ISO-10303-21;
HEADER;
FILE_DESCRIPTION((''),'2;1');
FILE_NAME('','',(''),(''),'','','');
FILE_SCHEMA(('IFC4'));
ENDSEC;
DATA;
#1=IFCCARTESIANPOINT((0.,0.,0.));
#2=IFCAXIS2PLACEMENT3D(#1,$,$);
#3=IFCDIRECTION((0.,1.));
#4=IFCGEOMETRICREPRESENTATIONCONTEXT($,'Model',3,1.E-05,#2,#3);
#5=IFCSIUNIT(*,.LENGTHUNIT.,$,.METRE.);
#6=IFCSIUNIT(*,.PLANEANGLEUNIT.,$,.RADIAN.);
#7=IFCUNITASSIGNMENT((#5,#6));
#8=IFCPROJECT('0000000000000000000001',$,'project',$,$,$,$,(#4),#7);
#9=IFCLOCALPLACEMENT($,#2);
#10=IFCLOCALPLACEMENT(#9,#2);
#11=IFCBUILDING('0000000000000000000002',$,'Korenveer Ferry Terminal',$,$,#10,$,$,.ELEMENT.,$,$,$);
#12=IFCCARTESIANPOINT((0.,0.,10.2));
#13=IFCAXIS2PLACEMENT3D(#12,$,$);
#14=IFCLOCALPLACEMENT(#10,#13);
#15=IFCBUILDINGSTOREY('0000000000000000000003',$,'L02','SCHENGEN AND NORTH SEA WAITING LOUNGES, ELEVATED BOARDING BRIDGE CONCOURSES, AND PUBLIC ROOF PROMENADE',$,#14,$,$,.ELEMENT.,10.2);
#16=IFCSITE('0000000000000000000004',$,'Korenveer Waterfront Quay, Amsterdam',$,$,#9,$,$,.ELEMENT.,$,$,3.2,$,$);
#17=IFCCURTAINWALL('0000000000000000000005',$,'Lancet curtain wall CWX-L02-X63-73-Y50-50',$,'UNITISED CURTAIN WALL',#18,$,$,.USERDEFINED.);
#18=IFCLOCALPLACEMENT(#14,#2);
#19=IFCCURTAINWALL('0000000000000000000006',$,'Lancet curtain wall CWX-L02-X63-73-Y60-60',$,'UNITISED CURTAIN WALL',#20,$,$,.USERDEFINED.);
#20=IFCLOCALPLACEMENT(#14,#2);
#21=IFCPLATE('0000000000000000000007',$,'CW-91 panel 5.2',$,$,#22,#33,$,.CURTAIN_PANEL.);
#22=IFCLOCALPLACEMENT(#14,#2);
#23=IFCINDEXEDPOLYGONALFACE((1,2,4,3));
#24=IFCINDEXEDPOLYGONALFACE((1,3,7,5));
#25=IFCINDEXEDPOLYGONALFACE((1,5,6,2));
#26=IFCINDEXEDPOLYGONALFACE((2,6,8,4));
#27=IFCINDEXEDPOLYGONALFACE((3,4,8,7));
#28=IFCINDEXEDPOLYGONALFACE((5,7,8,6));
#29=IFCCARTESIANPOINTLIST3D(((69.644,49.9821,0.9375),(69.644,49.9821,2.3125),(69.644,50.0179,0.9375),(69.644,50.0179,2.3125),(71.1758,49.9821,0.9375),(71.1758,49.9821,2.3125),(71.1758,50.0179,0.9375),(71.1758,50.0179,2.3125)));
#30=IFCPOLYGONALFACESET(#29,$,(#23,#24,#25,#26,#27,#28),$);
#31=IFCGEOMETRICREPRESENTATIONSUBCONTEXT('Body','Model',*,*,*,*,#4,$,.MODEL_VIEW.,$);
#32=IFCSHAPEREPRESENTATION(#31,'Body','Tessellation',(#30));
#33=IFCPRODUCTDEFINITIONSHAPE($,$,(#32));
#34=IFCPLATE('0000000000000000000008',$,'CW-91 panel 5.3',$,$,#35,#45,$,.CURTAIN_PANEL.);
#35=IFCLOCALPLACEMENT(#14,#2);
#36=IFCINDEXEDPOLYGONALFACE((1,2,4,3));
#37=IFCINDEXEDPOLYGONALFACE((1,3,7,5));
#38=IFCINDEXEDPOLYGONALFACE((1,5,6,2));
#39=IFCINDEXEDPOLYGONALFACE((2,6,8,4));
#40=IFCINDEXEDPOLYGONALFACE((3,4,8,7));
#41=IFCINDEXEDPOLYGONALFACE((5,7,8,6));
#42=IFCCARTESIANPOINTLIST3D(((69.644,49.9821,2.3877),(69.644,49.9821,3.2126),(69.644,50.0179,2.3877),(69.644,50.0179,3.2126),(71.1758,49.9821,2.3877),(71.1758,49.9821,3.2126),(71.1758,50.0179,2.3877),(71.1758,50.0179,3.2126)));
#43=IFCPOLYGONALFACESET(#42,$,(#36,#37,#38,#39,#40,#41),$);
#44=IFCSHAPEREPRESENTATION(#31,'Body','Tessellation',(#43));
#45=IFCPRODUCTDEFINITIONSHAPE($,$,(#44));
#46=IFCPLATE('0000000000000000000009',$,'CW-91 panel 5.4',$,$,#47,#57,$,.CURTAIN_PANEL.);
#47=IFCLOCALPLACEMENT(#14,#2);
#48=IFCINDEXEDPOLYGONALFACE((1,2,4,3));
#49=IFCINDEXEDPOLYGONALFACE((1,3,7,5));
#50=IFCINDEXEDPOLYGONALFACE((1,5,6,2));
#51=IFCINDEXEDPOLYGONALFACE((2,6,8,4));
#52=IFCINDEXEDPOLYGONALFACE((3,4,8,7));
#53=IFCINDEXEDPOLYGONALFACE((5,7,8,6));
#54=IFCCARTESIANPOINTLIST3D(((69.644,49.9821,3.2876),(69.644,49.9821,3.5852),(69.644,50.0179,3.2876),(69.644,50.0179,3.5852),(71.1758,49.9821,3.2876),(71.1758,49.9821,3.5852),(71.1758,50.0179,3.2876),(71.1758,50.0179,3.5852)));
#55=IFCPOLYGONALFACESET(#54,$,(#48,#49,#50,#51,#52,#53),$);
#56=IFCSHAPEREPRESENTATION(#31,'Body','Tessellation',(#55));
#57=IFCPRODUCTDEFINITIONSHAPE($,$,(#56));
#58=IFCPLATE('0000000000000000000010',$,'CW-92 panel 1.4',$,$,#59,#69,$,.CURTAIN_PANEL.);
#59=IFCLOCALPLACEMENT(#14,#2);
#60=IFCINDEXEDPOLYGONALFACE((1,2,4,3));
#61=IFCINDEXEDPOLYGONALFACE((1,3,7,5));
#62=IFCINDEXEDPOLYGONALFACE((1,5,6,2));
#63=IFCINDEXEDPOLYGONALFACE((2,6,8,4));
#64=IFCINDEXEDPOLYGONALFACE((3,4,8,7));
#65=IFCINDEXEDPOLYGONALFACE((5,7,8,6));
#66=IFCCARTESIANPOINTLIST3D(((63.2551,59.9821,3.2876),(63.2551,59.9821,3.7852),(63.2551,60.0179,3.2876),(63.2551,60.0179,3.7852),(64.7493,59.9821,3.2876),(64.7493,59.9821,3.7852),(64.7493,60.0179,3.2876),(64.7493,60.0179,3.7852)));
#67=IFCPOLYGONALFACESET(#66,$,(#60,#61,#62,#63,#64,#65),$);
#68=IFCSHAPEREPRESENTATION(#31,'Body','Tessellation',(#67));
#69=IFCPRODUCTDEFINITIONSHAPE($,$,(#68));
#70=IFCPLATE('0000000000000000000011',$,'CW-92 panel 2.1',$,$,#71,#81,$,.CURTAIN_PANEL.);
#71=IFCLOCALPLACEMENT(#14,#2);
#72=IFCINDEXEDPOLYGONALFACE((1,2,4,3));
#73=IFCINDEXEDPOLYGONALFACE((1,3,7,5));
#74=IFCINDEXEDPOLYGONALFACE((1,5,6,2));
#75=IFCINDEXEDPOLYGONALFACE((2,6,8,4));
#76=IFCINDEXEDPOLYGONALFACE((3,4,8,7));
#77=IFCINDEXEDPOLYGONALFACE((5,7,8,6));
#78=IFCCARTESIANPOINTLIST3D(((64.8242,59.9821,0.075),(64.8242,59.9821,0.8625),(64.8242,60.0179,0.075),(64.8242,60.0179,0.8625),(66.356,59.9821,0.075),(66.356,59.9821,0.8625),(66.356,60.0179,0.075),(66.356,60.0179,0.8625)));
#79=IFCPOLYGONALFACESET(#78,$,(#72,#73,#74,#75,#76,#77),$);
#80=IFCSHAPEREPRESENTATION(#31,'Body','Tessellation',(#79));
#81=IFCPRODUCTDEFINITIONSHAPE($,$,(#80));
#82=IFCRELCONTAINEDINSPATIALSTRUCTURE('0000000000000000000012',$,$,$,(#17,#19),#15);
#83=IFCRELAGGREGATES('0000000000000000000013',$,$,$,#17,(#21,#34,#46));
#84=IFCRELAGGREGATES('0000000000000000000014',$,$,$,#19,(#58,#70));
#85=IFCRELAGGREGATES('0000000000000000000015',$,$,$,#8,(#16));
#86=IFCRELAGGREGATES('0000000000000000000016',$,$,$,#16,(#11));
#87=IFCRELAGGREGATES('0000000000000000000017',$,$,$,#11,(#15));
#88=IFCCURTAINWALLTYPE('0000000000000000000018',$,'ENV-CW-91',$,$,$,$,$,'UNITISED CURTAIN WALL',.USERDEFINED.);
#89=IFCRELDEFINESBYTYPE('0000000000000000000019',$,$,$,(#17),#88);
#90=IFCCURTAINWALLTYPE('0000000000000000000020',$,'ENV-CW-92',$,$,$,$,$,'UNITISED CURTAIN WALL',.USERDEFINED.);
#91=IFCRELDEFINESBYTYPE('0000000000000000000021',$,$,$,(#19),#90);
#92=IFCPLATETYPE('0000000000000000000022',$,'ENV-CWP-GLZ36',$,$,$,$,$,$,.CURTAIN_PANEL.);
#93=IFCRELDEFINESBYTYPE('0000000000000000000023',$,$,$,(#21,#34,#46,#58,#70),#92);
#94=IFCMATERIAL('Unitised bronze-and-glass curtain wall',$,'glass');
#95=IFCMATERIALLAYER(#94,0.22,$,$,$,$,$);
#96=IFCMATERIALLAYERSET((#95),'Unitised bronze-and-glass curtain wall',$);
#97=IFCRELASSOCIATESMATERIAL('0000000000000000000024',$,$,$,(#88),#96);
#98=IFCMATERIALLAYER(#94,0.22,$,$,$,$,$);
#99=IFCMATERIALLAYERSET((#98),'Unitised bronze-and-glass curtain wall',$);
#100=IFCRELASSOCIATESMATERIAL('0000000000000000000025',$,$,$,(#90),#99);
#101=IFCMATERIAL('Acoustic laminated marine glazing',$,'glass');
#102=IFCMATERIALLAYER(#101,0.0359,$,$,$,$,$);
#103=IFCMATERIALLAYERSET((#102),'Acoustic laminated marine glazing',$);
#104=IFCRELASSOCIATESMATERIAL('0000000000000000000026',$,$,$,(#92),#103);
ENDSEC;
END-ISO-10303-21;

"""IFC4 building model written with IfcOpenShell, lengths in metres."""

from ifc_helpers import new_model, si_unit, direction, frame, origin, origin_2d, place, context, subcontext, project, spatial, rectangle, extrude, material, layer, layer_set, type_object, element, aggregate, save


model = new_model("IFC4")

# Units and contexts
model_context = context("Model", 3, precision=1e-05, world=origin(), true_north=direction((0.0, 1.0)))
body_context = subcontext(model_context, "Body", "Model", "MODEL_VIEW")
ifc_project = project(units=[si_unit("LENGTHUNIT", "METRE"), si_unit("PLANEANGLEUNIT", "RADIAN")], contexts=[model_context])

# Site, building, storey
site_placement = place(None, origin())
site = spatial("IfcSite", under=ifc_project, at=site_placement, Name="Korenveer Waterfront Quay, Amsterdam", CompositionType="ELEMENT", RefElevation=3.2)
building_placement = place(site_placement, origin())
building = spatial("IfcBuilding", under=site, at=building_placement, Name="Korenveer Ferry Terminal", CompositionType="ELEMENT")
storey_placement = place(building_placement, frame((0.0, 0.0, 10.2)))
storey = spatial("IfcBuildingStorey", under=building, at=storey_placement, Name="L02", Description="SCHENGEN AND NORTH SEA WAITING LOUNGES, ELEVATED BOARDING BRIDGE CONCOURSES, AND PUBLIC ROOF PROMENADE", CompositionType="ELEMENT", Elevation=10.2)

# Curtain wall
ifc_material_1 = material(Name="Unitised bronze-and-glass curtain wall", Category="glass")
ifc_layer_1 = layer(ifc_material_1, 0.22)
ifc_layer_set_1 = layer_set([ifc_layer_1], Name="Unitised bronze-and-glass curtain wall")
curtain_wall_type_1 = type_object("IfcCurtainWallType", Name="ENV-CW-91", ElementType="UNITISED CURTAIN WALL", PredefinedType="USERDEFINED", material=ifc_layer_set_1)
curtain_wall_1_placement = place(storey_placement, frame((63.1799, 50.0, 0.0)))
curtain_wall_1 = element("IfcCurtainWall", 1, at=curtain_wall_1_placement, inside=storey, type_object=curtain_wall_type_1, Name="Lancet curtain wall CWX-L02-X63-73-Y50-50", ObjectType="UNITISED CURTAIN WALL", PredefinedType="USERDEFINED")

# Curtain wall
ifc_layer_2 = layer(ifc_material_1, 0.22)
ifc_layer_set_2 = layer_set([ifc_layer_2], Name="Unitised bronze-and-glass curtain wall")
curtain_wall_type_2 = type_object("IfcCurtainWallType", Name="ENV-CW-92", ElementType="UNITISED CURTAIN WALL", PredefinedType="USERDEFINED", material=ifc_layer_set_2)
curtain_wall_2_placement = place(storey_placement, frame((63.1799, 60.0, 0.0)))
curtain_wall_2 = element("IfcCurtainWall", 2, at=curtain_wall_2_placement, inside=storey, type_object=curtain_wall_type_2, Name="Lancet curtain wall CWX-L02-X63-73-Y60-60", ObjectType="UNITISED CURTAIN WALL", PredefinedType="USERDEFINED")

# Plates
ifc_material_2 = material(Name="Acoustic laminated marine glazing", Category="glass")
ifc_layer_3 = layer(ifc_material_2, 0.0359)
ifc_layer_set_3 = layer_set([ifc_layer_3], Name="Acoustic laminated marine glazing")
plate_type = type_object("IfcPlateType", Name="ENV-CWP-GLZ36", PredefinedType="CURTAIN_PANEL", material=ifc_layer_set_3)
plate_1_placement = place(storey_placement, frame((70.4099, 50.0, 0.9375), z_axis=(0.0, 0.0, 1.0), x_axis=(1.0, 0.0, 0.0)))
plate_1 = element("IfcPlate", 3, at=plate_1_placement, type_object=plate_type, Name="CW-91 panel 5.2", PredefinedType="CURTAIN_PANEL", context=body_context, shape_type="SweptSolid", body=[
    extrude(rectangle(XDim=1.5317, YDim=0.0359, at=origin_2d()), origin(), (0.0, 0.0, 1.0), 1.375),
])
plate_2_placement = place(storey_placement, frame((70.4099, 50.0, 2.3877), z_axis=(0.0, 0.0, 1.0), x_axis=(1.0, 0.0, 0.0)))
plate_2 = element("IfcPlate", 4, at=plate_2_placement, type_object=plate_type, Name="CW-91 panel 5.3", PredefinedType="CURTAIN_PANEL", context=body_context, shape_type="SweptSolid", body=[
    extrude(rectangle(XDim=1.5317, YDim=0.0359, at=origin_2d()), origin(), (0.0, 0.0, 1.0), 0.825),
])
plate_3_placement = place(storey_placement, frame((70.4099, 50.0, 3.2876), z_axis=(0.0, 0.0, 1.0), x_axis=(1.0, 0.0, 0.0)))
plate_3 = element("IfcPlate", 5, at=plate_3_placement, type_object=plate_type, Name="CW-91 panel 5.4", PredefinedType="CURTAIN_PANEL", context=body_context, shape_type="SweptSolid", body=[
    extrude(rectangle(XDim=1.5317, YDim=0.0359, at=origin_2d()), origin(), (0.0, 0.0, 1.0), 0.2976),
])
aggregate(curtain_wall_1, [plate_1, plate_2, plate_3])
plate_4_placement = place(storey_placement, frame((64.0022, 60.0, 3.2876), z_axis=(0.0, 0.0, 1.0), x_axis=(1.0, 0.0, 0.0)))
plate_4 = element("IfcPlate", 6, at=plate_4_placement, type_object=plate_type, Name="CW-92 panel 1.4", PredefinedType="CURTAIN_PANEL", context=body_context, shape_type="SweptSolid", body=[
    extrude(rectangle(XDim=1.4941, YDim=0.0359, at=origin_2d()), origin(), (0.0, 0.0, 1.0), 0.4976),
])
plate_5_placement = place(storey_placement, frame((65.5901, 60.0, 0.075), z_axis=(0.0, 0.0, 1.0), x_axis=(1.0, 0.0, 0.0)))
plate_5 = element("IfcPlate", 7, at=plate_5_placement, type_object=plate_type, Name="CW-92 panel 2.1", PredefinedType="CURTAIN_PANEL", context=body_context, shape_type="SweptSolid", body=[
    extrude(rectangle(XDim=1.5317, YDim=0.0359, at=origin_2d()), origin(), (0.0, 0.0, 1.0), 0.7876),
])
aggregate(curtain_wall_2, [plate_4, plate_5])

save(model, "model.ifc")
